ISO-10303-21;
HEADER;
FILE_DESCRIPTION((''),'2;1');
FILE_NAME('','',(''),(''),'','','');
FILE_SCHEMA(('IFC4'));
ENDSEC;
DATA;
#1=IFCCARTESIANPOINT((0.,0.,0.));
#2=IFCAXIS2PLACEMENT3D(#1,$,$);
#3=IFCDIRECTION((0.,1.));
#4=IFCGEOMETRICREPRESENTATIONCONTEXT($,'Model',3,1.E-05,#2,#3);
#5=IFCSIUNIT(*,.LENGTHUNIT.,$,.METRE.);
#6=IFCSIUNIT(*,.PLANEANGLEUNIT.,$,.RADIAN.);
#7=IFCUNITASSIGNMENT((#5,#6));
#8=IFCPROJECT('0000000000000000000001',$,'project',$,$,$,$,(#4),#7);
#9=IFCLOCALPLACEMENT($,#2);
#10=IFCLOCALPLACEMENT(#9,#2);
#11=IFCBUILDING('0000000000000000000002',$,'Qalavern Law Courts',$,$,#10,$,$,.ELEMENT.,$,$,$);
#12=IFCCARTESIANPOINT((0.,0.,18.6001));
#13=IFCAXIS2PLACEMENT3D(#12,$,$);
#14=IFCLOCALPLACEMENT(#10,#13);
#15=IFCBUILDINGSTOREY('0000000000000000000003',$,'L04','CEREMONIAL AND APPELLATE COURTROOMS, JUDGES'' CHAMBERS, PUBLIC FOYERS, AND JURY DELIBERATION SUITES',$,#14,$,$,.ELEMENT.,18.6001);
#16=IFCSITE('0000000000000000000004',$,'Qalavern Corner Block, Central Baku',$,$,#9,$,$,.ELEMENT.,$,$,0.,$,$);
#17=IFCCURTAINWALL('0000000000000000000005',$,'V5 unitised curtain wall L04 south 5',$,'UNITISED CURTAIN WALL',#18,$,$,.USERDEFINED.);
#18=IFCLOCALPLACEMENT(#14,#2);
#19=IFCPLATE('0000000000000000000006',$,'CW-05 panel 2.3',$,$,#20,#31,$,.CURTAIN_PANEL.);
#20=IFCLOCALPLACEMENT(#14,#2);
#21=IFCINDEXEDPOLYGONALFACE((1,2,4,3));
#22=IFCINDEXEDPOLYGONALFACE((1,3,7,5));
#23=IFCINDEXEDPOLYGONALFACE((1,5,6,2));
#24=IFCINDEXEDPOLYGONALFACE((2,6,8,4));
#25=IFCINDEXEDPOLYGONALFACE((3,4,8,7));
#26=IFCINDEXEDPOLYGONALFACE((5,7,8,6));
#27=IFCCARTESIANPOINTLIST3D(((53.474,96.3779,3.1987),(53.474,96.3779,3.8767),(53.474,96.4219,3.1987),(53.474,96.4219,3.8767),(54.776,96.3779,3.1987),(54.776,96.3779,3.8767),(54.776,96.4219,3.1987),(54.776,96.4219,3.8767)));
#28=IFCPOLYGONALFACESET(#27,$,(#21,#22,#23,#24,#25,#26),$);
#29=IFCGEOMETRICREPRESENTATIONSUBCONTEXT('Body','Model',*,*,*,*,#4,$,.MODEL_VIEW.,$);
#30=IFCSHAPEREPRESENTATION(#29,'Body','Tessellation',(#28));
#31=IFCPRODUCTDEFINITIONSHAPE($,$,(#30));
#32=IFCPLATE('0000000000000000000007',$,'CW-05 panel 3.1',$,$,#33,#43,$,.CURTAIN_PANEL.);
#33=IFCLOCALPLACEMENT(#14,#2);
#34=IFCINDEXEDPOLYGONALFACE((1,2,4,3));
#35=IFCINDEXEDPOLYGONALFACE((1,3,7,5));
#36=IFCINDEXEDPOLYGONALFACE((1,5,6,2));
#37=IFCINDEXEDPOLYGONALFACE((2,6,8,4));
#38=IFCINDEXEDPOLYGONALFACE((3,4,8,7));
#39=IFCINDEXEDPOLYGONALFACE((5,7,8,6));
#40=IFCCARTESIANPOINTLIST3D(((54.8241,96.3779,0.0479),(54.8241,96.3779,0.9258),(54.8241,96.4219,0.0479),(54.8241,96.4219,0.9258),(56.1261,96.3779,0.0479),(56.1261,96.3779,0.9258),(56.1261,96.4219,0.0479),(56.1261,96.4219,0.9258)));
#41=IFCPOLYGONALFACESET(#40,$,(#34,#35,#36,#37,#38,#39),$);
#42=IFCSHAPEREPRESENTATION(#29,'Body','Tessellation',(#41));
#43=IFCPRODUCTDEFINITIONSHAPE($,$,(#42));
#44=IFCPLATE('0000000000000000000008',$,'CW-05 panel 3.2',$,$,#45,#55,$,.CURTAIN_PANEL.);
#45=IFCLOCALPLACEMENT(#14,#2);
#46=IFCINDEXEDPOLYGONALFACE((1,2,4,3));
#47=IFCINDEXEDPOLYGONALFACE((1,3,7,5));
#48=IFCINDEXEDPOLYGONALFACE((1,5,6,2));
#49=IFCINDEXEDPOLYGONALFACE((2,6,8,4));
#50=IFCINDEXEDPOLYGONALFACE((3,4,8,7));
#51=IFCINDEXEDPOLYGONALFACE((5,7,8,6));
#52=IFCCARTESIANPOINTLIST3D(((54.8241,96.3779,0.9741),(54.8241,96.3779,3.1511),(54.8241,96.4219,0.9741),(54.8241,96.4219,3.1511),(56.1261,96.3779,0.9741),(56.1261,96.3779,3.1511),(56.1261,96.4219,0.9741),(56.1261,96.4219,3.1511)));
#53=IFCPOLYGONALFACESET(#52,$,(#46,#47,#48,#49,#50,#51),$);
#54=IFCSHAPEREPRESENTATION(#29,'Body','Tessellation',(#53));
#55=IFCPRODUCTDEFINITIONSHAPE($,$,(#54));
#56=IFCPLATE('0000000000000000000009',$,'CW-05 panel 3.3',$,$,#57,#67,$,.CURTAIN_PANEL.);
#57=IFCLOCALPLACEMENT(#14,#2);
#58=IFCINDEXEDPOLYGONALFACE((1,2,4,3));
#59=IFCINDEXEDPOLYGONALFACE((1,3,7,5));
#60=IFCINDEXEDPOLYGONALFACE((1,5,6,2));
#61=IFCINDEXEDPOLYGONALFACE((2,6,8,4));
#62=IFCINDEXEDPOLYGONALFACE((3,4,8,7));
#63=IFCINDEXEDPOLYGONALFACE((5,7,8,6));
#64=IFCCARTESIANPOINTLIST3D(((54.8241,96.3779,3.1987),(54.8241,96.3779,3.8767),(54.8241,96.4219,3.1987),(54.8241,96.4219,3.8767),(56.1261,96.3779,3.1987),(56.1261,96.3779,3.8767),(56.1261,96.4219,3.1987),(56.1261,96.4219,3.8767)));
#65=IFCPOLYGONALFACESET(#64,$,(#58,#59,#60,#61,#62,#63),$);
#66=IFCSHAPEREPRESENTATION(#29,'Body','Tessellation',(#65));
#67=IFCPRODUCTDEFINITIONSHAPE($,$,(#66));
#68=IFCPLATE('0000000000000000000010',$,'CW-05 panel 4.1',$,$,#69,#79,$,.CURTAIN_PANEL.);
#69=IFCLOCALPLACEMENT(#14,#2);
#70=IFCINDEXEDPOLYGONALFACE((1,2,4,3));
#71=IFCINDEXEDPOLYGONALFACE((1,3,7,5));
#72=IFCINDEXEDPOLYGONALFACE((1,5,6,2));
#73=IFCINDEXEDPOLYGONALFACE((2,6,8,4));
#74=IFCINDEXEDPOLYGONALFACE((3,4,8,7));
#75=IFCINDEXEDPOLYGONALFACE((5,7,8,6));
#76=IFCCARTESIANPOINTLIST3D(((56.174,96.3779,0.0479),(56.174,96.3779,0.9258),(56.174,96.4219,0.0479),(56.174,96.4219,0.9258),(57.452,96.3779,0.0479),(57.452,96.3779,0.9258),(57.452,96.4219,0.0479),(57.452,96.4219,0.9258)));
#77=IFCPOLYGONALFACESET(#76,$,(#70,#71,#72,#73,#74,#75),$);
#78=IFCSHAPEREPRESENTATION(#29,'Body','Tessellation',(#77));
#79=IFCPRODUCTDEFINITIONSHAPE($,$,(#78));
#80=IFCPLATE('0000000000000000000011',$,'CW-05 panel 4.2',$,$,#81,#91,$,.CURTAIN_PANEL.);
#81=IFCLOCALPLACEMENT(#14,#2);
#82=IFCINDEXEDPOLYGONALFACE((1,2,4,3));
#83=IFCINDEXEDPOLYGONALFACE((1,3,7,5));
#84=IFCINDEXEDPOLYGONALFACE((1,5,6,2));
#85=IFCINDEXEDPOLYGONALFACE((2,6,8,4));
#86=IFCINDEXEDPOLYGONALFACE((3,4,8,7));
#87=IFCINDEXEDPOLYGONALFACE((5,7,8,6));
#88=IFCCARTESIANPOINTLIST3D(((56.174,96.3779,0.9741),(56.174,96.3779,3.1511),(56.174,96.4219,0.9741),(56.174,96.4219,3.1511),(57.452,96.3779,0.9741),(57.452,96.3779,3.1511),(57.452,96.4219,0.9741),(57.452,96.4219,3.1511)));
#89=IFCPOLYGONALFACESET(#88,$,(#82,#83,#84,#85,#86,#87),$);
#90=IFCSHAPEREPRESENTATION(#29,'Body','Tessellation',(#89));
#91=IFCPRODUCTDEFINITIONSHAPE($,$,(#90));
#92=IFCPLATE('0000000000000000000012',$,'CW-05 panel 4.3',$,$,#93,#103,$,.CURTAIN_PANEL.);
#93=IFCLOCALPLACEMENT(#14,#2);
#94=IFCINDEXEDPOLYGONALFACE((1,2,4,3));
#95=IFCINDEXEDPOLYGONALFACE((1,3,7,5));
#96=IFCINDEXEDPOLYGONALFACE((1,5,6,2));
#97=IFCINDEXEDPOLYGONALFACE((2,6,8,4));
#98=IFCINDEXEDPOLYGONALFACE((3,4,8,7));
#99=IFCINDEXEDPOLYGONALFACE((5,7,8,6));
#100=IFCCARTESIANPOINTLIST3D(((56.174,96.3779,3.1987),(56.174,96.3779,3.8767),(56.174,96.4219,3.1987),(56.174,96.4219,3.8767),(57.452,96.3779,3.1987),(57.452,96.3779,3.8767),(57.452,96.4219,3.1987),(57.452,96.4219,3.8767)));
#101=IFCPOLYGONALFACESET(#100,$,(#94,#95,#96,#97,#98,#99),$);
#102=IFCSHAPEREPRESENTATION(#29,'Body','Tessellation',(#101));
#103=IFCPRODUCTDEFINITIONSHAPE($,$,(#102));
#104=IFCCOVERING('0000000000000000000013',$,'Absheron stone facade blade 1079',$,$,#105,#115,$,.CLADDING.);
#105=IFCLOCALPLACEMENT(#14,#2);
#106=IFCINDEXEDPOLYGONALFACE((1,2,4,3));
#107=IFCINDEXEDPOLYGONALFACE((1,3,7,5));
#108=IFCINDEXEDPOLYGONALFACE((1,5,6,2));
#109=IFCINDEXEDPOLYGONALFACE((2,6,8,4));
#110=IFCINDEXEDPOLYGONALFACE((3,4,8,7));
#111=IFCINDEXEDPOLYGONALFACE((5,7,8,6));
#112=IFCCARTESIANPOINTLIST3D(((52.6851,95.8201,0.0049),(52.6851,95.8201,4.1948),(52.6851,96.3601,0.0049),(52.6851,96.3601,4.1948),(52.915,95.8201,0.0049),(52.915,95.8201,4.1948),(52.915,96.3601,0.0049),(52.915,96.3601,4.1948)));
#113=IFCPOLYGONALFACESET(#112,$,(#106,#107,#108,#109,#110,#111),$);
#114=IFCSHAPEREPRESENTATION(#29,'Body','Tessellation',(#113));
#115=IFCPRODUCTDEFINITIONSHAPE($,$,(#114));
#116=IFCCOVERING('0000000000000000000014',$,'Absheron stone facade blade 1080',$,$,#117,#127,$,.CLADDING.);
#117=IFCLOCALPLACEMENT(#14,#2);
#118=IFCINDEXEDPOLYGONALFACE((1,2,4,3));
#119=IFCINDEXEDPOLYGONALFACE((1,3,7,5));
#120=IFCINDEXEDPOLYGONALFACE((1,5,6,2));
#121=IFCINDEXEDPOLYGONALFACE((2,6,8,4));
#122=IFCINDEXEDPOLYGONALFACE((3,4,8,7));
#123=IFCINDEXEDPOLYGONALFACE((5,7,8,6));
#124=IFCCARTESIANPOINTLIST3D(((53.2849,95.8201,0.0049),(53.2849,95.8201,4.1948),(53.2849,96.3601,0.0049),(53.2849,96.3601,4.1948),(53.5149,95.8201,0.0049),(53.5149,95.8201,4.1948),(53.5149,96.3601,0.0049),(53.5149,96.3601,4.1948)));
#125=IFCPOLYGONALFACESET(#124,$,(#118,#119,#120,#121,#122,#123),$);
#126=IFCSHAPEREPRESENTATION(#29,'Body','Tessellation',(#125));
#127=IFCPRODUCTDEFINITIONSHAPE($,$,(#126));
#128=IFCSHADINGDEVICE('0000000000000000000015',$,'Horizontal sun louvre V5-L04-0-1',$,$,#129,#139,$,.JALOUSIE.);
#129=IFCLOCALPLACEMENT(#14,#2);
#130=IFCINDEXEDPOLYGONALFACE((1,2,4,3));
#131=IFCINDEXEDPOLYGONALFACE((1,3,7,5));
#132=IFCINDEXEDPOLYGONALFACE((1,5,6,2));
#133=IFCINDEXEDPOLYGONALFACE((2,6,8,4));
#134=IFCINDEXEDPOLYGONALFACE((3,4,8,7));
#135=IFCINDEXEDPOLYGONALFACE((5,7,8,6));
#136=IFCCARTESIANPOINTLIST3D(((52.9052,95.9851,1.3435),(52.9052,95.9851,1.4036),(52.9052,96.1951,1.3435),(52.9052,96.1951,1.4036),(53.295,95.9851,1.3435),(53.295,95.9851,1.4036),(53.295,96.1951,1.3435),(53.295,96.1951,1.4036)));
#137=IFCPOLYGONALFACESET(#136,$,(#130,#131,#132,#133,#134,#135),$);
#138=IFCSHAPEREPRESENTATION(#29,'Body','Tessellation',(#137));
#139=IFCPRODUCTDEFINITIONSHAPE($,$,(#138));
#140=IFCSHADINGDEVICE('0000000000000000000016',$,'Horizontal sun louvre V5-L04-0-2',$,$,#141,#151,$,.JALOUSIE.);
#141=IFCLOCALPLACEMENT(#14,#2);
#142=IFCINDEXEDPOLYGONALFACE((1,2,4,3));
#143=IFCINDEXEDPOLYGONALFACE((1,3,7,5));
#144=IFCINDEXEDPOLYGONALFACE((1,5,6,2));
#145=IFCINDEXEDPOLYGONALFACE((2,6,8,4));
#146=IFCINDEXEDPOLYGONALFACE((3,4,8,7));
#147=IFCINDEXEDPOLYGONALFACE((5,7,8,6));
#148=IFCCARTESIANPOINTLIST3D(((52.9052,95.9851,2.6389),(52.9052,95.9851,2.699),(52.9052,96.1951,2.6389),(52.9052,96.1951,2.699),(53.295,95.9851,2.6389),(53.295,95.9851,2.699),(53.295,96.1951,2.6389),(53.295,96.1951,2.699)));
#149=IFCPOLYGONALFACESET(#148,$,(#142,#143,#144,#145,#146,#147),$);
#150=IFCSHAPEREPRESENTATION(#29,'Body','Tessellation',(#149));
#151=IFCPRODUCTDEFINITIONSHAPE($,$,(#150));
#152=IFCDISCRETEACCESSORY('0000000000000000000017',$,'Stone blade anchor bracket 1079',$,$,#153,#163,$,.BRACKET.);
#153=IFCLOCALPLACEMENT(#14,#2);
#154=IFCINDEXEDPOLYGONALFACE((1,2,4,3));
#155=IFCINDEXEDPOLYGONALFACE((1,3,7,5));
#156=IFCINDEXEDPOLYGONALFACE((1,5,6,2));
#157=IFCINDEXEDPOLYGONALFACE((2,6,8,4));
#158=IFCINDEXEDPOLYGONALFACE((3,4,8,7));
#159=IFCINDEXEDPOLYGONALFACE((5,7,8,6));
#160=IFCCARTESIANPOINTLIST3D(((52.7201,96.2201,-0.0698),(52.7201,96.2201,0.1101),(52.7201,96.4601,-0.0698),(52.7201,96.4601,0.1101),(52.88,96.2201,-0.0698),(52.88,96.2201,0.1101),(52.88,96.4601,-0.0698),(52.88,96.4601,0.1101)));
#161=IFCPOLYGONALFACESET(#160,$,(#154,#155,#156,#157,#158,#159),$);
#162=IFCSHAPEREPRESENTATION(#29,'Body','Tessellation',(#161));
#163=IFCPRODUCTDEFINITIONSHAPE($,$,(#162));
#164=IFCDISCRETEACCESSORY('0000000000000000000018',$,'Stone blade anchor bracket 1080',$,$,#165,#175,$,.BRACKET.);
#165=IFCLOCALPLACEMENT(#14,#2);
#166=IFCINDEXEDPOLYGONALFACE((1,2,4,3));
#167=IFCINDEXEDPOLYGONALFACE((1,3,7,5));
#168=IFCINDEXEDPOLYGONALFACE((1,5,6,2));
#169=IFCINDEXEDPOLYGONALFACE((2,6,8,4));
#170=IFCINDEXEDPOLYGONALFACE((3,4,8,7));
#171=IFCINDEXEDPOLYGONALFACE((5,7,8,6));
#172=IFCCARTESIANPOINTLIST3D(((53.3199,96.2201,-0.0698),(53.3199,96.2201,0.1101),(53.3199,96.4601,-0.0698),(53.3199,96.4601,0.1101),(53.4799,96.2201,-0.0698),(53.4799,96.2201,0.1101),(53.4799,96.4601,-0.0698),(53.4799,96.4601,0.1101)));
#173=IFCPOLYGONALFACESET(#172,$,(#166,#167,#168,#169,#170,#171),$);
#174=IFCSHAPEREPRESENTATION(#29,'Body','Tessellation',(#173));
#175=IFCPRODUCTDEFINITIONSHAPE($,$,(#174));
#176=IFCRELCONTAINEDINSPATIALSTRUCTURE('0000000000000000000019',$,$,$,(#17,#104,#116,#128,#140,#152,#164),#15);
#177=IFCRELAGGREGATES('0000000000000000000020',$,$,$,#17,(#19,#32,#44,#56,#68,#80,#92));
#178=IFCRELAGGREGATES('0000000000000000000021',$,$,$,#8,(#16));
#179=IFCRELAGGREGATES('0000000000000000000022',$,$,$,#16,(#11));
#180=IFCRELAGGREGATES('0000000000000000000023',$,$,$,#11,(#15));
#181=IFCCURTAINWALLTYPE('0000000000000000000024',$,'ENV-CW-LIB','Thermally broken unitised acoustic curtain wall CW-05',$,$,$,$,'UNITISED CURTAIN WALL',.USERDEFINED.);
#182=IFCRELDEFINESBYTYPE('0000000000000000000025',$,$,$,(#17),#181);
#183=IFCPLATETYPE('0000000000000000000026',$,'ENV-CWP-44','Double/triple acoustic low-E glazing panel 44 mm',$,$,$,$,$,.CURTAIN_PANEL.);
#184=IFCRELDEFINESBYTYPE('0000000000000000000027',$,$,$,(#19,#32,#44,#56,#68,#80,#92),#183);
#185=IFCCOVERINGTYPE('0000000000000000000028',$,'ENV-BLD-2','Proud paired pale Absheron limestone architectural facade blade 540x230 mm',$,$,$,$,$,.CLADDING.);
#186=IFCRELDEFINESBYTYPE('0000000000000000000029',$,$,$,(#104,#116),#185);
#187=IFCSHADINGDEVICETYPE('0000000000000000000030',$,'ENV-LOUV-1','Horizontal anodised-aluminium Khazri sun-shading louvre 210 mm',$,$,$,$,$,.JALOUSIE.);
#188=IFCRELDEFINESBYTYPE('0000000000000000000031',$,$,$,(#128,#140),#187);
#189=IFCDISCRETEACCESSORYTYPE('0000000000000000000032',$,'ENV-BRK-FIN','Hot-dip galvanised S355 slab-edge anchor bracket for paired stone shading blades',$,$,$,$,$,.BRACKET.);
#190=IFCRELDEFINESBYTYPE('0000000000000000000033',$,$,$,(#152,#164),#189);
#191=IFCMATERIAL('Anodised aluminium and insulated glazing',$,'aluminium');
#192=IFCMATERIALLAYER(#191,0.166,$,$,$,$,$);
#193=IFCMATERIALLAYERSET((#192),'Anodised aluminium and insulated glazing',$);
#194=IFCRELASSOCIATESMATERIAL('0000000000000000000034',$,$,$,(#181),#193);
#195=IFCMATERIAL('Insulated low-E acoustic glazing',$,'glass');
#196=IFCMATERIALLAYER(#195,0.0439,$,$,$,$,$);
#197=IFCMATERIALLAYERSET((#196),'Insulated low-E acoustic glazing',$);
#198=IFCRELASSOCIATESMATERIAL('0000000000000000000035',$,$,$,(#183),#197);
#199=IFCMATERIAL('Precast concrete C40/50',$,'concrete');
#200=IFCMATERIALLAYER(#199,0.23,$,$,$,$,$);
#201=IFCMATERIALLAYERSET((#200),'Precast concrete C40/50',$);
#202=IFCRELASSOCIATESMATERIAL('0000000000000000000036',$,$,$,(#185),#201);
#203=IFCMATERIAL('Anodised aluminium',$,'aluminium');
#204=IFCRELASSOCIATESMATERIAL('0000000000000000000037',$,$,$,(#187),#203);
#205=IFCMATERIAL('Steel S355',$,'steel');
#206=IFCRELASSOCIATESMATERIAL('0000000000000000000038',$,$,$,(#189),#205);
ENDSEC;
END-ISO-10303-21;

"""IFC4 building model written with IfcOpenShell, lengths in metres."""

from ifc_helpers import new_model, si_unit, direction, frame, origin, origin_2d, place, context, subcontext, project, spatial, rectangle, extrude, material, layer, layer_set, type_object, element, aggregate, save


model = new_model("IFC4")

# Units and contexts
model_context = context("Model", 3, precision=1e-05, world=origin(), true_north=direction((0.0, 1.0)))
body_context = subcontext(model_context, "Body", "Model", "MODEL_VIEW")
ifc_project = project(units=[si_unit("LENGTHUNIT", "METRE"), si_unit("PLANEANGLEUNIT", "RADIAN")], contexts=[model_context])

# Site, building, storey
site_placement = place(None, origin())
site = spatial("IfcSite", under=ifc_project, at=site_placement, Name="Qalavern Corner Block, Central Baku", CompositionType="ELEMENT", RefElevation=0.0)
building_placement = place(site_placement, origin())
building = spatial("IfcBuilding", under=site, at=building_placement, Name="Qalavern Law Courts", CompositionType="ELEMENT")
storey_placement = place(building_placement, frame((0.0, 0.0, 18.6001)))
storey = spatial("IfcBuildingStorey", under=building, at=storey_placement, Name="L04", Description="CEREMONIAL AND APPELLATE COURTROOMS, JUDGES' CHAMBERS, PUBLIC FOYERS, AND JURY DELIBERATION SUITES", CompositionType="ELEMENT", Elevation=18.6001)

# Curtain wall, plates
ifc_material_1 = material(Name="Anodised aluminium and insulated glazing", Category="aluminium")
ifc_layer_1 = layer(ifc_material_1, 0.166)
ifc_layer_set_1 = layer_set([ifc_layer_1], Name="Anodised aluminium and insulated glazing")
curtain_wall_type = type_object("IfcCurtainWallType", Name="ENV-CW-LIB", Description="Thermally broken unitised acoustic curtain wall CW-05", ElementType="UNITISED CURTAIN WALL", PredefinedType="USERDEFINED", material=ifc_layer_set_1)
curtain_wall_placement = place(storey_placement, origin())
curtain_wall = element("IfcCurtainWall", 1, at=curtain_wall_placement, inside=storey, type_object=curtain_wall_type, Name="V5 unitised curtain wall L04 south 5", ObjectType="UNITISED CURTAIN WALL", PredefinedType="USERDEFINED")
ifc_material_2 = material(Name="Anodised aluminium", Category="aluminium")
ifc_material_3 = material(Name="Insulated low-E acoustic glazing", Category="glass")
ifc_layer_2 = layer(ifc_material_3, 0.0439)
ifc_layer_set_2 = layer_set([ifc_layer_2], Name="Insulated low-E acoustic glazing")
plate_type = type_object("IfcPlateType", Name="ENV-CWP-44", Description="Double/triple acoustic low-E glazing panel 44 mm", PredefinedType="CURTAIN_PANEL", material=ifc_layer_set_2)
plate_1_placement = place(storey_placement, frame((54.125, 96.3999, 3.1987), z_axis=(0.0, 0.0, 1.0), x_axis=(1.0, 0.0, 0.0)))
plate_1 = element("IfcPlate", 2, at=plate_1_placement, type_object=plate_type, Name="CW-05 panel 2.3", PredefinedType="CURTAIN_PANEL", context=body_context, shape_type="SweptSolid", body=[
    extrude(rectangle(XDim=1.302, YDim=0.0439, at=origin_2d()), origin(), (0.0, 0.0, 1.0), 0.678),
])
plate_2_placement = place(storey_placement, frame((55.4751, 96.3999, 0.0479), z_axis=(0.0, 0.0, 1.0), x_axis=(1.0, 0.0, 0.0)))
plate_2 = element("IfcPlate", 3, at=plate_2_placement, type_object=plate_type, Name="CW-05 panel 3.1", PredefinedType="CURTAIN_PANEL", context=body_context, shape_type="SweptSolid", body=[
    extrude(rectangle(XDim=1.302, YDim=0.0439, at=origin_2d()), origin(), (0.0, 0.0, 1.0), 0.8779),
])
plate_3_placement = place(storey_placement, frame((55.4751, 96.3999, 0.9741), z_axis=(0.0, 0.0, 1.0), x_axis=(1.0, 0.0, 0.0)))
plate_3 = element("IfcPlate", 4, at=plate_3_placement, type_object=plate_type, Name="CW-05 panel 3.2", PredefinedType="CURTAIN_PANEL", context=body_context, shape_type="SweptSolid", body=[
    extrude(rectangle(XDim=1.302, YDim=0.0439, at=origin_2d()), origin(), (0.0, 0.0, 1.0), 2.177),
])
plate_4_placement = place(storey_placement, frame((55.4751, 96.3999, 3.1987), z_axis=(0.0, 0.0, 1.0), x_axis=(1.0, 0.0, 0.0)))
plate_4 = element("IfcPlate", 5, at=plate_4_placement, type_object=plate_type, Name="CW-05 panel 3.3", PredefinedType="CURTAIN_PANEL", context=body_context, shape_type="SweptSolid", body=[
    extrude(rectangle(XDim=1.302, YDim=0.0439, at=origin_2d()), origin(), (0.0, 0.0, 1.0), 0.678),
])
plate_5_placement = place(storey_placement, frame((56.813, 96.3999, 0.0479), z_axis=(0.0, 0.0, 1.0), x_axis=(1.0, 0.0, 0.0)))
plate_5 = element("IfcPlate", 6, at=plate_5_placement, type_object=plate_type, Name="CW-05 panel 4.1", PredefinedType="CURTAIN_PANEL", context=body_context, shape_type="SweptSolid", body=[
    extrude(rectangle(XDim=1.2781, YDim=0.0439, at=origin_2d()), origin(), (0.0, 0.0, 1.0), 0.8779),
])
plate_6_placement = place(storey_placement, frame((56.813, 96.3999, 0.9741), z_axis=(0.0, 0.0, 1.0), x_axis=(1.0, 0.0, 0.0)))
plate_6 = element("IfcPlate", 7, at=plate_6_placement, type_object=plate_type, Name="CW-05 panel 4.2", PredefinedType="CURTAIN_PANEL", context=body_context, shape_type="SweptSolid", body=[
    extrude(rectangle(XDim=1.2781, YDim=0.0439, at=origin_2d()), origin(), (0.0, 0.0, 1.0), 2.177),
])
plate_7_placement = place(storey_placement, frame((56.813, 96.3999, 3.1987), z_axis=(0.0, 0.0, 1.0), x_axis=(1.0, 0.0, 0.0)))
plate_7 = element("IfcPlate", 8, at=plate_7_placement, type_object=plate_type, Name="CW-05 panel 4.3", PredefinedType="CURTAIN_PANEL", context=body_context, shape_type="SweptSolid", body=[
    extrude(rectangle(XDim=1.2781, YDim=0.0439, at=origin_2d()), origin(), (0.0, 0.0, 1.0), 0.678),
])
aggregate(curtain_wall, [plate_1, plate_2, plate_3, plate_4, plate_5, plate_6, plate_7])

# Coverings
ifc_material_4 = material(Name="Precast concrete C40/50", Category="concrete")
ifc_layer_3 = layer(ifc_material_4, 0.23)
ifc_layer_set_3 = layer_set([ifc_layer_3], Name="Precast concrete C40/50")
covering_type = type_object("IfcCoveringType", Name="ENV-BLD-2", Description="Proud paired pale Absheron limestone architectural facade blade 540x230 mm", PredefinedType="CLADDING", material=ifc_layer_set_3)
for number, where, z_axis, x_axis, name in (
    (9, (52.8, 96.0901, 0.0049), (0.0, 0.0, 1.0), (0.0, -1.0, 0.0), "Absheron stone facade blade 1079"),
    (10, (53.3999, 96.0901, 0.0049), (0.0, 0.0, 1.0), (0.0, -1.0, 0.0), "Absheron stone facade blade 1080"),
):
    element("IfcCovering", number, at=place(storey_placement, frame(where, z_axis=z_axis, x_axis=x_axis)), inside=storey, type_object=covering_type, Name=name, PredefinedType="CLADDING", context=body_context, shape_type="SweptSolid", body=[
        extrude(rectangle(XDim=0.54, YDim=0.23, at=origin_2d()), origin(), (0.0, 0.0, 1.0), 4.1899),
    ])

# Shading devices
shading_device_type = type_object("IfcShadingDeviceType", Name="ENV-LOUV-1", Description="Horizontal anodised-aluminium Khazri sun-shading louvre 210 mm", PredefinedType="JALOUSIE", material=ifc_material_2)
for number, where, z_axis, x_axis, name in (
    (11, (53.1001, 96.0901, 1.3435), (0.0, 0.0, 1.0), (1.0, 0.0, 0.0), "Horizontal sun louvre V5-L04-0-1"),
    (12, (53.1001, 96.0901, 2.6389), (0.0, 0.0, 1.0), (1.0, 0.0, 0.0), "Horizontal sun louvre V5-L04-0-2"),
):
    element("IfcShadingDevice", number, at=place(storey_placement, frame(where, z_axis=z_axis, x_axis=x_axis)), inside=storey, type_object=shading_device_type, Name=name, PredefinedType="JALOUSIE", context=body_context, shape_type="SweptSolid", body=[
        extrude(rectangle(XDim=0.3899, YDim=0.21, at=origin_2d()), origin(), (0.0, 0.0, 1.0), 0.0601),
    ])

# Discrete accessories
ifc_material_5 = material(Name="Steel S355", Category="steel")
discrete_accessory_type = type_object("IfcDiscreteAccessoryType", Name="ENV-BRK-FIN", Description="Hot-dip galvanised S355 slab-edge anchor bracket for paired stone shading blades", PredefinedType="BRACKET", material=ifc_material_5)
for number, where, z_axis, x_axis, name in (
    (13, (52.8, 96.3401, -0.0698), (0.0, 0.0, 1.0), (0.0, -1.0, 0.0), "Stone blade anchor bracket 1079"),
    (14, (53.3999, 96.3401, -0.0698), (0.0, 0.0, 1.0), (0.0, -1.0, 0.0), "Stone blade anchor bracket 1080"),
):
    element("IfcDiscreteAccessory", number, at=place(storey_placement, frame(where, z_axis=z_axis, x_axis=x_axis)), inside=storey, type_object=discrete_accessory_type, Name=name, PredefinedType="BRACKET", context=body_context, shape_type="SweptSolid", body=[
        extrude(rectangle(XDim=0.24, YDim=0.1599, at=origin_2d()), origin(), (0.0, 0.0, 1.0), 0.1799),
    ])

save(model, "model.ifc")
